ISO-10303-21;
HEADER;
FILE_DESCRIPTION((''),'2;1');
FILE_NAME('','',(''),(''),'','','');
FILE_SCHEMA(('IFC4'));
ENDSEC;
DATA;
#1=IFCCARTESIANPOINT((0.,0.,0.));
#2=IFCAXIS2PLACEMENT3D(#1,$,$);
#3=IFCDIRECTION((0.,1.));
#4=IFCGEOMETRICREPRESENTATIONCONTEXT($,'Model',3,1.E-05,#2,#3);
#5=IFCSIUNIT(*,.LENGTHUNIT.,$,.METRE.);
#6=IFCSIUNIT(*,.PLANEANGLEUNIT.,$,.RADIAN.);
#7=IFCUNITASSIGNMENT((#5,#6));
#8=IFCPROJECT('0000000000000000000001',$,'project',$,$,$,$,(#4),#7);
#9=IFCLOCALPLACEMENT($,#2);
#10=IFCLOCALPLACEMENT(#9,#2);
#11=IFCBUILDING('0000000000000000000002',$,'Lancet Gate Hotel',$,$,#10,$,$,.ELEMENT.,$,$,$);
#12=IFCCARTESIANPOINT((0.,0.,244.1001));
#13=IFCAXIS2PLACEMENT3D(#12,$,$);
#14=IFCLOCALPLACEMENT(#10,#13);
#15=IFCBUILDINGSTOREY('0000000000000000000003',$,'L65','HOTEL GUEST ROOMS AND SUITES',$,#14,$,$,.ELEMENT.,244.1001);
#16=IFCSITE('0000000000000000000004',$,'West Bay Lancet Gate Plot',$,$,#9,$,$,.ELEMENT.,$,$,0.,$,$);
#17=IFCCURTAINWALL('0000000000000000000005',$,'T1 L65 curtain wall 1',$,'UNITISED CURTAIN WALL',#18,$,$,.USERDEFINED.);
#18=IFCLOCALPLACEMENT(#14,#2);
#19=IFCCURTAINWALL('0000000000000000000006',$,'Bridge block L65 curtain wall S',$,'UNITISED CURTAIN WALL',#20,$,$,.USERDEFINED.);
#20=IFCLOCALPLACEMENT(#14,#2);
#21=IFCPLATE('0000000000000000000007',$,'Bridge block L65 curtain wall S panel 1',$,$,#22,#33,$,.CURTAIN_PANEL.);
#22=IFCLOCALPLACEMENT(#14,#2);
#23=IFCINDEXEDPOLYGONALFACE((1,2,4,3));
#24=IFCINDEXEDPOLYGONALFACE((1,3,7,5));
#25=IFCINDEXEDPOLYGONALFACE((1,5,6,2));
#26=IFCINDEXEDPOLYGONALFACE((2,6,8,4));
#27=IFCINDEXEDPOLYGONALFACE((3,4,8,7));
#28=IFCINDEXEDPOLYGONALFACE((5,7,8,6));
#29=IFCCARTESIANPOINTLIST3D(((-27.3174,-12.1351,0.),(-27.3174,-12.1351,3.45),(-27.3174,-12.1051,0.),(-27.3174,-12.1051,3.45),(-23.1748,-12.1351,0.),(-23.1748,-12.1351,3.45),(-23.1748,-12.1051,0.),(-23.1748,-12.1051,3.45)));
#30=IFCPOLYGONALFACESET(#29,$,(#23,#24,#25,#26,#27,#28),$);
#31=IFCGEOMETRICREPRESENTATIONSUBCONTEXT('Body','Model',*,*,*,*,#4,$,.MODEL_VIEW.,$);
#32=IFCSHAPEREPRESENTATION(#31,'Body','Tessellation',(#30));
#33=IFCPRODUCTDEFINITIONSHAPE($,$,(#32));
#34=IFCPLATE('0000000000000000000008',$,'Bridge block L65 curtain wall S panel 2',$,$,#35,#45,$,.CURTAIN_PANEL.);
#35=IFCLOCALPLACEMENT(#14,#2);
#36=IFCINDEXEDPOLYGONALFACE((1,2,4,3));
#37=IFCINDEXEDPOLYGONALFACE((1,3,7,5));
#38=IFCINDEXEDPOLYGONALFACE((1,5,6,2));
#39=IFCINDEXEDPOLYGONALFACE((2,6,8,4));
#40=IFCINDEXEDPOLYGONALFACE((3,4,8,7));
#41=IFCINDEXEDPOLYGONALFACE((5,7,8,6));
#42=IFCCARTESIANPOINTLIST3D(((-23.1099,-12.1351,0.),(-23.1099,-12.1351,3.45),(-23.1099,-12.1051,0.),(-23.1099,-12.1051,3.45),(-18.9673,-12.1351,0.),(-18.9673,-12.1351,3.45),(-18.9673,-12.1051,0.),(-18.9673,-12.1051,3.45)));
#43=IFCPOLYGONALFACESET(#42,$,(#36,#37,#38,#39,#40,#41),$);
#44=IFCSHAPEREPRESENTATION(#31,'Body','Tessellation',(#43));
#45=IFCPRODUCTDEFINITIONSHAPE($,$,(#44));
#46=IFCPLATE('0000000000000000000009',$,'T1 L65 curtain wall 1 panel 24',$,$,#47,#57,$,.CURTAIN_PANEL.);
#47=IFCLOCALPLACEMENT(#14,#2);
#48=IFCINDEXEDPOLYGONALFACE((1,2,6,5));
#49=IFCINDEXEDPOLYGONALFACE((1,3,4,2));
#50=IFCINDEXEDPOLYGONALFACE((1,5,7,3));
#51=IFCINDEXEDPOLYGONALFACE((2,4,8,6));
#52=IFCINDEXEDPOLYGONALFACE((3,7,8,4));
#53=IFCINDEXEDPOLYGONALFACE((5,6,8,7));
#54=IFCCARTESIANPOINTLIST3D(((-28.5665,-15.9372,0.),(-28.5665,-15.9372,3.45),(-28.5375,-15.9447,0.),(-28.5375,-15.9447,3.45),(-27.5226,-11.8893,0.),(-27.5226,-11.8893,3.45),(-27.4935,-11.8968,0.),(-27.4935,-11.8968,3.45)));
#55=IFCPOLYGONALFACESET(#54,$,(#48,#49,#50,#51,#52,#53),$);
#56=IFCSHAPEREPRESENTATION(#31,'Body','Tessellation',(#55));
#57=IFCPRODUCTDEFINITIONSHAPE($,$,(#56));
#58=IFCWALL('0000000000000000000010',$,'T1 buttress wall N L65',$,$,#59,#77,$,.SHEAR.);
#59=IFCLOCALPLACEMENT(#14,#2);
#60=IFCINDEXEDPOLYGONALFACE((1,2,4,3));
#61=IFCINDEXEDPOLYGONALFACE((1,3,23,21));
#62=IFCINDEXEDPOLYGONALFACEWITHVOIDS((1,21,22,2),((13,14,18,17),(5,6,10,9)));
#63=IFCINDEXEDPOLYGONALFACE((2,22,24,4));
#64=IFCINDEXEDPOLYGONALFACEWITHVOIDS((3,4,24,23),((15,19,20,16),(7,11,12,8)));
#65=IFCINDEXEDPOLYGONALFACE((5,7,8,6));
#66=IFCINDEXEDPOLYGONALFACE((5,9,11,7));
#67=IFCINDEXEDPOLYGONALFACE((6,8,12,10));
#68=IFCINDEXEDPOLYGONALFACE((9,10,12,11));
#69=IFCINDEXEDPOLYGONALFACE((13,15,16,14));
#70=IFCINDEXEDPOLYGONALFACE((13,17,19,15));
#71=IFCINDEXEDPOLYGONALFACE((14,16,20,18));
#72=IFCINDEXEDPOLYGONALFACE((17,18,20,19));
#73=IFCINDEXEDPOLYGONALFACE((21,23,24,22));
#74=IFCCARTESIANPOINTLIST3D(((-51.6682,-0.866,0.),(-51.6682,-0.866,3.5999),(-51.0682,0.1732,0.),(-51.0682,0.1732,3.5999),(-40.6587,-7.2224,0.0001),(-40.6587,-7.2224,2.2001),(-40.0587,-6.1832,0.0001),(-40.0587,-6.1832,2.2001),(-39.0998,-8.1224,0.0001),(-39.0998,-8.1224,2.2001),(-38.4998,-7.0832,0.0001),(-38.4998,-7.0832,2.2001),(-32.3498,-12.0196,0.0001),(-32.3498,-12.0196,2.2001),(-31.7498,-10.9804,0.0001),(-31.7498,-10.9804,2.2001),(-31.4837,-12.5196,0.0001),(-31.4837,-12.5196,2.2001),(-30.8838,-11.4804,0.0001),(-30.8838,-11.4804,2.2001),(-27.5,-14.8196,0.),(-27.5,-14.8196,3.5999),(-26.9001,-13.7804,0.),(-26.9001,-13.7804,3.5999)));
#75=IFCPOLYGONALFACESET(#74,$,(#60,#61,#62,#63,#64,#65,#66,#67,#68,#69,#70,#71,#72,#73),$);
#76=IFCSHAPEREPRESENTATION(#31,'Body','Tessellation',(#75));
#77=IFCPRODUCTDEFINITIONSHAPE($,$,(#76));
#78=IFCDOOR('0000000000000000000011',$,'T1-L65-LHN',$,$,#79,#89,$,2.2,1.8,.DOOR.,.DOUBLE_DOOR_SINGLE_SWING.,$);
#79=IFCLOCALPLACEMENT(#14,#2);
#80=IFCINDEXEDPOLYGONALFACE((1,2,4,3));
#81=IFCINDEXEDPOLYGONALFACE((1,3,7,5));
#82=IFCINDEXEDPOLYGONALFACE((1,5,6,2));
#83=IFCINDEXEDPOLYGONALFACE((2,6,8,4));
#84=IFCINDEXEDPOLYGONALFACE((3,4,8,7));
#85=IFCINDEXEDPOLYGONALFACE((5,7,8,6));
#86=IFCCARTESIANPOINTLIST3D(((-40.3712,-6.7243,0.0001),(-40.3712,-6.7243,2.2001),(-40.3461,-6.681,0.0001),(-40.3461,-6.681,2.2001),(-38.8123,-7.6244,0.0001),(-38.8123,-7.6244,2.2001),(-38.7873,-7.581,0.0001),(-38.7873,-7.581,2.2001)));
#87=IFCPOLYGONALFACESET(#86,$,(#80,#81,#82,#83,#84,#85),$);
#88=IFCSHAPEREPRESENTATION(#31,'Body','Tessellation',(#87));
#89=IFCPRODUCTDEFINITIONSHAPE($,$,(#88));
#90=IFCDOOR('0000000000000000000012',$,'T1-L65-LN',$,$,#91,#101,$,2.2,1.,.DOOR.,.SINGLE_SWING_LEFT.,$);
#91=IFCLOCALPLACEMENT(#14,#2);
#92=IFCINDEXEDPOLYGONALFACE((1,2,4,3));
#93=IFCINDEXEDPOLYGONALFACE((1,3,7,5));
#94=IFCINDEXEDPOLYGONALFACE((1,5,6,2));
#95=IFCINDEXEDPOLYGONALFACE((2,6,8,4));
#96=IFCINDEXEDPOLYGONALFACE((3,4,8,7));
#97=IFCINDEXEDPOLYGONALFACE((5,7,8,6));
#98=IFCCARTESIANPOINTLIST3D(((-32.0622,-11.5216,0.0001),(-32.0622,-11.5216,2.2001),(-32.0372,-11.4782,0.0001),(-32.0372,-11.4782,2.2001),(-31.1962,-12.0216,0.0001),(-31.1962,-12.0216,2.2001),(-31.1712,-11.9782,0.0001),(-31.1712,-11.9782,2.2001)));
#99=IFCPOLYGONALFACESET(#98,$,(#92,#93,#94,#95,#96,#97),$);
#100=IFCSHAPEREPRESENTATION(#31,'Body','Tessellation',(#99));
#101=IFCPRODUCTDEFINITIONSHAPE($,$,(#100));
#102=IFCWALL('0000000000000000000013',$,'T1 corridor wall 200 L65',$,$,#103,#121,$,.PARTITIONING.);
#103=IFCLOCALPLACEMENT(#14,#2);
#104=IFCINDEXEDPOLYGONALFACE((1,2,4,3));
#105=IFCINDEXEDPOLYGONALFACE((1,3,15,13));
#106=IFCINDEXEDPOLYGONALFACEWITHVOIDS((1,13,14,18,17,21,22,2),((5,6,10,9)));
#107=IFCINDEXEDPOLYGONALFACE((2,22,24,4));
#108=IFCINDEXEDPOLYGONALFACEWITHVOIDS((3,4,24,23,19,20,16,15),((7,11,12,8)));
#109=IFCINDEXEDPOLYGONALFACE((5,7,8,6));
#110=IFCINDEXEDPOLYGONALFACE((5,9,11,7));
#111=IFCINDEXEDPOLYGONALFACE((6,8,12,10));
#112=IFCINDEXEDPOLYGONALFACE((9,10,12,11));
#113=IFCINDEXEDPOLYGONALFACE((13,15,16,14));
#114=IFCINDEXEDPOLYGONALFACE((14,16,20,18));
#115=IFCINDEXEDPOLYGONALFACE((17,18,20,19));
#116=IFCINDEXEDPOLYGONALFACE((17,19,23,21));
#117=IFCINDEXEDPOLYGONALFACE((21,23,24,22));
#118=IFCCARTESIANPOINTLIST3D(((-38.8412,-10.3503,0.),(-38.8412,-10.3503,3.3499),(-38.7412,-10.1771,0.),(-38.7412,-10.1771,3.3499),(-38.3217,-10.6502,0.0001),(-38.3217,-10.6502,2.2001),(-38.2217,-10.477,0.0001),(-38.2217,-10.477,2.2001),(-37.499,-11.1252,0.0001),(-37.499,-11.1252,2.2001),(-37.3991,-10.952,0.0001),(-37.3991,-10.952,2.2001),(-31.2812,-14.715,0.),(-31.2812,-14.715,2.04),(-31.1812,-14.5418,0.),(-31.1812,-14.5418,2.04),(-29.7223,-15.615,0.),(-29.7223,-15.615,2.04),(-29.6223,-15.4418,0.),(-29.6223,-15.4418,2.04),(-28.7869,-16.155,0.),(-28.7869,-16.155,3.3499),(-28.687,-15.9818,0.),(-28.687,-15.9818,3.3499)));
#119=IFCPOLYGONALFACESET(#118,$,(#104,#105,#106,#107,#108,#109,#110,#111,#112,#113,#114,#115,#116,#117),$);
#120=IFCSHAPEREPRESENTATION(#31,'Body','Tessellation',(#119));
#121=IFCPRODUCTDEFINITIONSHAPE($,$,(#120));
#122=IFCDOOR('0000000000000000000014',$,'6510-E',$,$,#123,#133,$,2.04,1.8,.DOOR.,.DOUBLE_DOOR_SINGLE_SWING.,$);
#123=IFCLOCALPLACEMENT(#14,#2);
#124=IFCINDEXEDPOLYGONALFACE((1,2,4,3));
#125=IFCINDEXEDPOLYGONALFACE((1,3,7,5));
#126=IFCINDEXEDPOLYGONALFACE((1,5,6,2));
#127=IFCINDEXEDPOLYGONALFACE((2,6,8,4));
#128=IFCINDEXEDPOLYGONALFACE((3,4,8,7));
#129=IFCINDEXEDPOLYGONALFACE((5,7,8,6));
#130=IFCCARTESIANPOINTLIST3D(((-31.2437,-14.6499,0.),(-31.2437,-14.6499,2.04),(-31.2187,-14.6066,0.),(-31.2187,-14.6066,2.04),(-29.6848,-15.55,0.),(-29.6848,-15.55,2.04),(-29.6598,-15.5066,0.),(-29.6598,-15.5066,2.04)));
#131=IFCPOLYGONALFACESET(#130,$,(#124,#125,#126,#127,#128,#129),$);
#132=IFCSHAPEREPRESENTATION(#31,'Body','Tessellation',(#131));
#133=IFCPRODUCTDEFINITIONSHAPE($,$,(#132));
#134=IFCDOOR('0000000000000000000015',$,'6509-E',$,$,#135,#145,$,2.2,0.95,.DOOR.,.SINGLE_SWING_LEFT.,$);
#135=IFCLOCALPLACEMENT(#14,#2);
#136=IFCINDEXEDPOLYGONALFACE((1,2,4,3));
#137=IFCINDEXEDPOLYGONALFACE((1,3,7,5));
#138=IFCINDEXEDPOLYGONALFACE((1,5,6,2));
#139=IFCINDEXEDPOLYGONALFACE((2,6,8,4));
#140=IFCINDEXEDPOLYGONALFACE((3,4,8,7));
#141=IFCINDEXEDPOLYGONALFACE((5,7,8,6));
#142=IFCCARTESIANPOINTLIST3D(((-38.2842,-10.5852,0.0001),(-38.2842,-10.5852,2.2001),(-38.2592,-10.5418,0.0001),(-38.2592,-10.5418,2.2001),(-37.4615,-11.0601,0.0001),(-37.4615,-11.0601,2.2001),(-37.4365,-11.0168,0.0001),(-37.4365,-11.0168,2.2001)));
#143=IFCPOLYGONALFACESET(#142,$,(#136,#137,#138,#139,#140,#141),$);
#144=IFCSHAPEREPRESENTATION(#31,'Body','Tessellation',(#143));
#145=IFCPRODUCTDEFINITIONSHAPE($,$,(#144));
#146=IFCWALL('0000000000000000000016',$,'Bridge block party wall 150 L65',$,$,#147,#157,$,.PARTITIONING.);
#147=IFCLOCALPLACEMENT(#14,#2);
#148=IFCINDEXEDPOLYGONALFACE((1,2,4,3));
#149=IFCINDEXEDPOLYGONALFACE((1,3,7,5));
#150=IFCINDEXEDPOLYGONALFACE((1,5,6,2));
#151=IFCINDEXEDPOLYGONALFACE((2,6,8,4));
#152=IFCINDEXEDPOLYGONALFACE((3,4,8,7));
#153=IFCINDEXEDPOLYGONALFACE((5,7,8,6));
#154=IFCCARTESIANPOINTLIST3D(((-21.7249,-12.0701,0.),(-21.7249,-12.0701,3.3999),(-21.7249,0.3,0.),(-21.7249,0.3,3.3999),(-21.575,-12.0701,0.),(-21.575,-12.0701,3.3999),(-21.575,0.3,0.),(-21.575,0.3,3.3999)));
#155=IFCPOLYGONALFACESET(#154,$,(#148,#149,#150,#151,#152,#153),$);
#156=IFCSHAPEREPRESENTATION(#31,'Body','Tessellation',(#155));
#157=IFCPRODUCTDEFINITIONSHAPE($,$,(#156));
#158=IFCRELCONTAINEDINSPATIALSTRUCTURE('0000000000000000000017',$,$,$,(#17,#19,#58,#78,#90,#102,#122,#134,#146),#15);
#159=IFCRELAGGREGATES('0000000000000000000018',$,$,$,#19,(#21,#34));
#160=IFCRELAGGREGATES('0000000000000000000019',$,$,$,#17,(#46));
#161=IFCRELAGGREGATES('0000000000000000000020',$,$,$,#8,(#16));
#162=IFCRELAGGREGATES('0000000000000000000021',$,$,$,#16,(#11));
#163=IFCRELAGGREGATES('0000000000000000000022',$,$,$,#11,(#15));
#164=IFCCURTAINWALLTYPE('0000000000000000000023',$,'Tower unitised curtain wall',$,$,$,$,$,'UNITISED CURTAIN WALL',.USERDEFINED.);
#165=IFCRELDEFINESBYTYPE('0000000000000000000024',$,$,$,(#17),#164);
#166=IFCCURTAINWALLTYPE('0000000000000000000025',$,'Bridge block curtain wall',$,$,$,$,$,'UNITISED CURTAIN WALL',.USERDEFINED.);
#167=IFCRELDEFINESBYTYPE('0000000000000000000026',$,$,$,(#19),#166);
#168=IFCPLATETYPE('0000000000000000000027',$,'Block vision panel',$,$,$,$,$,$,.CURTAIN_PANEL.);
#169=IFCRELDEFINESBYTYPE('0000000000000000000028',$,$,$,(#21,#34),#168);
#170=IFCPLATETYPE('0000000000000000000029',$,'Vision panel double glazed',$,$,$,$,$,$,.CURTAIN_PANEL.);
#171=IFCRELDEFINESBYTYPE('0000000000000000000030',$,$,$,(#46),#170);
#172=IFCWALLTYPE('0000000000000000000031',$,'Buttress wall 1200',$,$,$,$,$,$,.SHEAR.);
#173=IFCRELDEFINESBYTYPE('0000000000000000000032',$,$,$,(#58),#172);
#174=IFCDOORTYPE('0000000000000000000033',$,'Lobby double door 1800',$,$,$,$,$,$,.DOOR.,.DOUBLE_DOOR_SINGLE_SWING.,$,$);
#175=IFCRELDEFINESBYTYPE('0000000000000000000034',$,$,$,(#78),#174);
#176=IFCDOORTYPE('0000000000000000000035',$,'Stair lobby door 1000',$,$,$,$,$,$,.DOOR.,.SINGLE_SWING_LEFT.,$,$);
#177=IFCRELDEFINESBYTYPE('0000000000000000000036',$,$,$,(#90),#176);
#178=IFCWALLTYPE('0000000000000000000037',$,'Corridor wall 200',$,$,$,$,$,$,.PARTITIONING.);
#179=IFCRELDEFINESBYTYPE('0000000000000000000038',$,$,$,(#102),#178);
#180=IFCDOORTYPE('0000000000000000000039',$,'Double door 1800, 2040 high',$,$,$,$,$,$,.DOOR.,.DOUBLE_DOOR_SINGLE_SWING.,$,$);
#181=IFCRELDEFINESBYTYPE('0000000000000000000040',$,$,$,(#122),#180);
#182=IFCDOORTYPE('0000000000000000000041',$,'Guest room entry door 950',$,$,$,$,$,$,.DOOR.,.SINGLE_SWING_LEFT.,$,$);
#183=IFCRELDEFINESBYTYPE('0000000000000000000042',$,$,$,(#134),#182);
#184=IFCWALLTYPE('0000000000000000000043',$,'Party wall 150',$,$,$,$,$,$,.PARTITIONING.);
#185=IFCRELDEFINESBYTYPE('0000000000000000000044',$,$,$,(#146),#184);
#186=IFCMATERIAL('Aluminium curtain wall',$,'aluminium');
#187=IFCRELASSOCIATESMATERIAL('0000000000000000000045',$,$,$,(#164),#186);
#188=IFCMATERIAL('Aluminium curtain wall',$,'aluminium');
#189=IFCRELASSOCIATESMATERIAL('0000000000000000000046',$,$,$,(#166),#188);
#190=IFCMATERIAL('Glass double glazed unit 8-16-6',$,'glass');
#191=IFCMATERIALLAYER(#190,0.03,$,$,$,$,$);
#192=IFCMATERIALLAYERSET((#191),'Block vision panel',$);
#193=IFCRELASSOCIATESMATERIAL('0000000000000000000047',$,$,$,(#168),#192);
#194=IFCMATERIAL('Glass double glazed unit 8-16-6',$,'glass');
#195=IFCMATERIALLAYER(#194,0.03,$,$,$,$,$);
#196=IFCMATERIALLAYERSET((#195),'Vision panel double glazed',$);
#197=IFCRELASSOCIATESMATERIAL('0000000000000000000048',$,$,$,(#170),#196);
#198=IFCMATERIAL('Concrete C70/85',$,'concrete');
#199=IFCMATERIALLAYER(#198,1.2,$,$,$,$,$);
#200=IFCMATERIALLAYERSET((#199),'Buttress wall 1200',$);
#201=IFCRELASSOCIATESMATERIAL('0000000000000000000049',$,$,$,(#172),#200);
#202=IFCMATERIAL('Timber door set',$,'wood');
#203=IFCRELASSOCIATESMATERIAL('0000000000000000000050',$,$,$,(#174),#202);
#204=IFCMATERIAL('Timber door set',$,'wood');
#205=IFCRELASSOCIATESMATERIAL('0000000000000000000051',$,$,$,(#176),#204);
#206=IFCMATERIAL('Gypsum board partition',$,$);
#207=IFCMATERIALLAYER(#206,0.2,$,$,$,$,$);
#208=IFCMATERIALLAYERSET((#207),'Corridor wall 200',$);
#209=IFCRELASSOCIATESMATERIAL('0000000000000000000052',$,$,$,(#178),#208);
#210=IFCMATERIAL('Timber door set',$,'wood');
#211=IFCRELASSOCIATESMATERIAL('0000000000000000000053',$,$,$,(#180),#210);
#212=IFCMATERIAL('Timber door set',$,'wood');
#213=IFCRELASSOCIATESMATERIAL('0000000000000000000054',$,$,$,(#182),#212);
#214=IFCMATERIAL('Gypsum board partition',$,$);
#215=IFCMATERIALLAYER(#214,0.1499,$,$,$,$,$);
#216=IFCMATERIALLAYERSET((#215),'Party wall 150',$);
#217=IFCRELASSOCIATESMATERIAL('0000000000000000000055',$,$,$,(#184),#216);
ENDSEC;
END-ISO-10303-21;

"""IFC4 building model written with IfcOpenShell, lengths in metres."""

from ifc_helpers import new_model, si_unit, direction, frame, frame_2d, origin, origin_2d, place, context, subcontext, project, spatial, rectangle, extrude, material, layer, layer_set, type_object, element, fill, aggregate, save


model = new_model("IFC4")

# Units and contexts
model_context = context("Model", 3, precision=1e-05, world=origin(), true_north=direction((0.0, 1.0)))
body_context = subcontext(model_context, "Body", "Model", "MODEL_VIEW")
ifc_project = project(units=[si_unit("LENGTHUNIT", "METRE"), si_unit("PLANEANGLEUNIT", "RADIAN")], contexts=[model_context])

# Site, building, storey
site_placement = place(None, origin())
site = spatial("IfcSite", under=ifc_project, at=site_placement, Name="West Bay Lancet Gate Plot", CompositionType="ELEMENT", RefElevation=0.0)
building_placement = place(site_placement, origin())
building = spatial("IfcBuilding", under=site, at=building_placement, Name="Lancet Gate Hotel", CompositionType="ELEMENT")
storey_placement = place(building_placement, frame((0.0, 0.0, 244.1001)))
storey = spatial("IfcBuildingStorey", under=building, at=storey_placement, Name="L65", Description="HOTEL GUEST ROOMS AND SUITES", CompositionType="ELEMENT", Elevation=244.1001)

# Curtain walls
ifc_material_1 = material(Name="Aluminium curtain wall", Category="aluminium")
curtain_wall_type_1 = type_object("IfcCurtainWallType", Name="Tower unitised curtain wall", ElementType="UNITISED CURTAIN WALL", PredefinedType="USERDEFINED", material=ifc_material_1)
curtain_wall_1_placement = place(storey_placement, origin())
curtain_wall_1 = element("IfcCurtainWall", 1, at=curtain_wall_1_placement, inside=storey, type_object=curtain_wall_type_1, Name="T1 L65 curtain wall 1", ObjectType="UNITISED CURTAIN WALL", PredefinedType="USERDEFINED")
ifc_material_2 = material(Name="Aluminium curtain wall", Category="aluminium")
curtain_wall_type_2 = type_object("IfcCurtainWallType", Name="Bridge block curtain wall", ElementType="UNITISED CURTAIN WALL", PredefinedType="USERDEFINED", material=ifc_material_2)
curtain_wall_2_placement = place(storey_placement, origin())
curtain_wall_2 = element("IfcCurtainWall", 2, at=curtain_wall_2_placement, inside=storey, type_object=curtain_wall_type_2, Name="Bridge block L65 curtain wall S", ObjectType="UNITISED CURTAIN WALL", PredefinedType="USERDEFINED")

# Plates
ifc_material_3 = material(Name="Glass double glazed unit 8-16-6", Category="glass")
ifc_layer_1 = layer(ifc_material_3, 0.03)
ifc_layer_set_1 = layer_set([ifc_layer_1], Name="Block vision panel")
plate_type_1 = type_object("IfcPlateType", Name="Block vision panel", PredefinedType="CURTAIN_PANEL", material=ifc_layer_set_1)
plate_1_placement = place(storey_placement, frame((-25.2461, -12.1201, 0.0), z_axis=(0.0, 0.0, 1.0), x_axis=(1.0, 0.0, 0.0)))
plate_1 = element("IfcPlate", 3, at=plate_1_placement, type_object=plate_type_1, Name="Bridge block L65 curtain wall S panel 1", PredefinedType="CURTAIN_PANEL", context=body_context, shape_type="SweptSolid", body=[
    extrude(rectangle(XDim=4.1426, YDim=0.03, at=origin_2d()), origin(), (0.0, 0.0, 1.0), 3.45),
])
plate_2_placement = place(storey_placement, frame((-21.0386, -12.1201, 0.0), z_axis=(0.0, 0.0, 1.0), x_axis=(1.0, 0.0, 0.0)))
plate_2 = element("IfcPlate", 4, at=plate_2_placement, type_object=plate_type_1, Name="Bridge block L65 curtain wall S panel 2", PredefinedType="CURTAIN_PANEL", context=body_context, shape_type="SweptSolid", body=[
    extrude(rectangle(XDim=4.1426, YDim=0.03, at=origin_2d()), origin(), (0.0, 0.0, 1.0), 3.45),
])
aggregate(curtain_wall_2, [plate_1, plate_2])
ifc_material_4 = material(Name="Glass double glazed unit 8-16-6", Category="glass")
ifc_layer_2 = layer(ifc_material_4, 0.03)
ifc_layer_set_2 = layer_set([ifc_layer_2], Name="Vision panel double glazed")
plate_type_2 = type_object("IfcPlateType", Name="Vision panel double glazed", PredefinedType="CURTAIN_PANEL", material=ifc_layer_set_2)
plate_3_placement = place(storey_placement, frame((-28.03, -13.917, 0.0), z_axis=(0.0, 0.0, 1.0), x_axis=(0.249726, 0.968317, 0.0)))
plate_3 = element("IfcPlate", 5, at=plate_3_placement, type_object=plate_type_2, Name="T1 L65 curtain wall 1 panel 24", PredefinedType="CURTAIN_PANEL", context=body_context, shape_type="SweptSolid", body=[
    extrude(rectangle(XDim=4.1804, YDim=0.03, at=origin_2d()), origin(), (0.0, 0.0, 1.0), 3.45),
])
aggregate(curtain_wall_1, [plate_3])

# Walls, openings, doors
ifc_material_5 = material(Name="Concrete C70/85", Category="concrete")
ifc_layer_3 = layer(ifc_material_5, 1.2)
ifc_layer_set_3 = layer_set([ifc_layer_3], Name="Buttress wall 1200")
wall_type_1 = type_object("IfcWallType", Name="Buttress wall 1200", PredefinedType="SHEAR", material=ifc_layer_set_3)
wall_1_placement = place(storey_placement, frame((-27.2, -14.3, 0.0), z_axis=(0.0, 0.0, 1.0), x_axis=(-0.866024, 0.500002, 0.0)))
wall_1 = element("IfcWall", 6, at=wall_1_placement, inside=storey, type_object=wall_type_1, Name="T1 buttress wall N L65", PredefinedType="SHEAR", context=body_context, shape_type="SweptSolid", body=[
    extrude(rectangle(XDim=27.907, YDim=1.2, at=frame_2d((13.9536, 0.0))), origin(), (0.0, 0.0, 1.0), 3.5999),
])
opening_1_placement = place(wall_1_placement, frame((4.6001, 0.0, 0.0)))
opening_1 = element("IfcOpeningElement", 7, at=opening_1_placement, cuts=wall_1, PredefinedType="OPENING", context=body_context, shape_type="SweptSolid", body=[
    extrude(rectangle(XDim=1.0, YDim=2.2, at=frame_2d((0.5, 1.1001))), frame((0.0, 0.6099, 0.0), z_axis=(0.0, -1.0, 0.0), x_axis=(1.0, 0.0, 0.0)), (0.0, 0.0, 1.0), 1.22),
])
opening_2_placement = place(wall_1_placement, frame((13.3945, 0.0, 0.0)))
opening_2 = element("IfcOpeningElement", 8, at=opening_2_placement, cuts=wall_1, PredefinedType="OPENING", context=body_context, shape_type="SweptSolid", body=[
    extrude(rectangle(XDim=1.8, YDim=2.2, at=frame_2d((0.8999, 1.1001))), frame((0.0, 0.6099, 0.0), z_axis=(0.0, -1.0, 0.0), x_axis=(1.0, 0.0, 0.0)), (0.0, 0.0, 1.0), 1.22),
])
ifc_material_6 = material(Name="Timber door set", Category="wood")
door_type_1 = type_object("IfcDoorType", Name="Lobby double door 1800", OperationType="DOUBLE_DOOR_SINGLE_SWING", PredefinedType="DOOR", material=ifc_material_6)
door_1_placement = place(opening_2_placement, origin())
door_1 = element("IfcDoor", 9, at=door_1_placement, inside=storey, type_object=door_type_1, Name="T1-L65-LHN", OperationType="DOUBLE_DOOR_SINGLE_SWING", OverallHeight=2.2, OverallWidth=1.8, PredefinedType="DOOR", context=body_context, shape_type="SweptSolid", body=[
    extrude(rectangle(XDim=1.8, YDim=2.2, at=frame_2d((0.8999, 1.1001))), frame((0.0, 0.0249, 0.0), z_axis=(0.0, -1.0, 0.0), x_axis=(1.0, 0.0, 0.0)), (0.0, 0.0, 1.0), 0.05),
])
fill(opening_2, door_1)
ifc_material_7 = material(Name="Timber door set", Category="wood")
door_type_2 = type_object("IfcDoorType", Name="Stair lobby door 1000", OperationType="SINGLE_SWING_LEFT", PredefinedType="DOOR", material=ifc_material_7)
door_2_placement = place(opening_1_placement, origin())
door_2 = element("IfcDoor", 10, at=door_2_placement, inside=storey, type_object=door_type_2, Name="T1-L65-LN", OperationType="SINGLE_SWING_LEFT", OverallHeight=2.2, OverallWidth=1.0, PredefinedType="DOOR", context=body_context, shape_type="SweptSolid", body=[
    extrude(rectangle(XDim=1.0, YDim=2.2, at=frame_2d((0.5, 1.1001))), frame((0.0, 0.0249, 0.0), z_axis=(0.0, -1.0, 0.0), x_axis=(1.0, 0.0, 0.0)), (0.0, 0.0, 1.0), 0.05),
])
fill(opening_1, door_2)
ifc_material_8 = material(Name="Gypsum board partition")
ifc_layer_4 = layer(ifc_material_8, 0.2)
ifc_layer_set_4 = layer_set([ifc_layer_4], Name="Corridor wall 200")
wall_type_2 = type_object("IfcWallType", Name="Corridor wall 200", PredefinedType="PARTITIONING", material=ifc_layer_set_4)
wall_2_placement = place(storey_placement, frame((-28.7371, -16.0684, 0.0), z_axis=(0.0, 0.0, 1.0), x_axis=(-0.866029, 0.499993, 0.0)))
wall_2 = element("IfcWall", 11, at=wall_2_placement, inside=storey, type_object=wall_type_2, Name="T1 corridor wall 200 L65", PredefinedType="PARTITIONING", context=body_context, shape_type="SweptSolid", body=[
    extrude(rectangle(XDim=11.6096, YDim=0.2, at=frame_2d((5.8047, 0.0))), origin(), (0.0, 0.0, 1.0), 3.3499),
])
opening_3_placement = place(wall_2_placement, frame((1.0801, 0.0, 0.0)))
opening_3 = element("IfcOpeningElement", 12, at=opening_3_placement, cuts=wall_2, PredefinedType="OPENING", context=body_context, shape_type="SweptSolid", body=[
    extrude(rectangle(XDim=1.8, YDim=2.04, at=frame_2d((0.8999, 1.02))), frame((0.0, 0.1099, 0.0), z_axis=(0.0, -1.0, 0.0), x_axis=(1.0, 0.0, 0.0)), (0.0, 0.0, 1.0), 0.22),
])
opening_4_placement = place(wall_2_placement, frame((10.0596, 0.0, 0.0)))
opening_4 = element("IfcOpeningElement", 13, at=opening_4_placement, cuts=wall_2, PredefinedType="OPENING", context=body_context, shape_type="SweptSolid", body=[
    extrude(rectangle(XDim=0.95, YDim=2.2, at=frame_2d((0.4751, 1.1001))), frame((0.0, 0.1099, 0.0), z_axis=(0.0, -1.0, 0.0), x_axis=(1.0, 0.0, 0.0)), (0.0, 0.0, 1.0), 0.22),
])
ifc_material_9 = material(Name="Timber door set", Category="wood")
door_type_3 = type_object("IfcDoorType", Name="Double door 1800, 2040 high", OperationType="DOUBLE_DOOR_SINGLE_SWING", PredefinedType="DOOR", material=ifc_material_9)
door_3_placement = place(opening_3_placement, origin())
door_3 = element("IfcDoor", 14, at=door_3_placement, inside=storey, type_object=door_type_3, Name="6510-E", OperationType="DOUBLE_DOOR_SINGLE_SWING", OverallHeight=2.04, OverallWidth=1.8, PredefinedType="DOOR", context=body_context, shape_type="SweptSolid", body=[
    extrude(rectangle(XDim=1.8, YDim=2.04, at=frame_2d((0.8999, 1.02))), frame((0.0, 0.0249, 0.0), z_axis=(0.0, -1.0, 0.0), x_axis=(1.0, 0.0, 0.0)), (0.0, 0.0, 1.0), 0.05),
])
fill(opening_3, door_3)
ifc_material_10 = material(Name="Timber door set", Category="wood")
door_type_4 = type_object("IfcDoorType", Name="Guest room entry door 950", OperationType="SINGLE_SWING_LEFT", PredefinedType="DOOR", material=ifc_material_10)
door_4_placement = place(opening_4_placement, origin())
door_4 = element("IfcDoor", 15, at=door_4_placement, inside=storey, type_object=door_type_4, Name="6509-E", OperationType="SINGLE_SWING_LEFT", OverallHeight=2.2, OverallWidth=0.95, PredefinedType="DOOR", context=body_context, shape_type="SweptSolid", body=[
    extrude(rectangle(XDim=0.95, YDim=2.2, at=frame_2d((0.4751, 1.1001))), frame((0.0, 0.0249, 0.0), z_axis=(0.0, -1.0, 0.0), x_axis=(1.0, 0.0, 0.0)), (0.0, 0.0, 1.0), 0.05),
])
fill(opening_4, door_4)

# Wall
ifc_material_11 = material(Name="Gypsum board partition")
ifc_layer_5 = layer(ifc_material_11, 0.1499)
ifc_layer_set_5 = layer_set([ifc_layer_5], Name="Party wall 150")
wall_type_3 = type_object("IfcWallType", Name="Party wall 150", PredefinedType="PARTITIONING", material=ifc_layer_set_5)
wall_3_placement = place(storey_placement, frame((-21.6499, -12.0701, 0.0), z_axis=(0.0, 0.0, 1.0), x_axis=(0.0, 1.0, 0.0)))
element("IfcWall", 16, at=wall_3_placement, inside=storey, type_object=wall_type_3, Name="Bridge block party wall 150 L65", PredefinedType="PARTITIONING", context=body_context, shape_type="SweptSolid", body=[
    extrude(rectangle(XDim=12.3701, YDim=0.1499, at=frame_2d((6.1851, 0.0))), origin(), (0.0, 0.0, 1.0), 3.3999),
])

save(model, "model.ifc")
